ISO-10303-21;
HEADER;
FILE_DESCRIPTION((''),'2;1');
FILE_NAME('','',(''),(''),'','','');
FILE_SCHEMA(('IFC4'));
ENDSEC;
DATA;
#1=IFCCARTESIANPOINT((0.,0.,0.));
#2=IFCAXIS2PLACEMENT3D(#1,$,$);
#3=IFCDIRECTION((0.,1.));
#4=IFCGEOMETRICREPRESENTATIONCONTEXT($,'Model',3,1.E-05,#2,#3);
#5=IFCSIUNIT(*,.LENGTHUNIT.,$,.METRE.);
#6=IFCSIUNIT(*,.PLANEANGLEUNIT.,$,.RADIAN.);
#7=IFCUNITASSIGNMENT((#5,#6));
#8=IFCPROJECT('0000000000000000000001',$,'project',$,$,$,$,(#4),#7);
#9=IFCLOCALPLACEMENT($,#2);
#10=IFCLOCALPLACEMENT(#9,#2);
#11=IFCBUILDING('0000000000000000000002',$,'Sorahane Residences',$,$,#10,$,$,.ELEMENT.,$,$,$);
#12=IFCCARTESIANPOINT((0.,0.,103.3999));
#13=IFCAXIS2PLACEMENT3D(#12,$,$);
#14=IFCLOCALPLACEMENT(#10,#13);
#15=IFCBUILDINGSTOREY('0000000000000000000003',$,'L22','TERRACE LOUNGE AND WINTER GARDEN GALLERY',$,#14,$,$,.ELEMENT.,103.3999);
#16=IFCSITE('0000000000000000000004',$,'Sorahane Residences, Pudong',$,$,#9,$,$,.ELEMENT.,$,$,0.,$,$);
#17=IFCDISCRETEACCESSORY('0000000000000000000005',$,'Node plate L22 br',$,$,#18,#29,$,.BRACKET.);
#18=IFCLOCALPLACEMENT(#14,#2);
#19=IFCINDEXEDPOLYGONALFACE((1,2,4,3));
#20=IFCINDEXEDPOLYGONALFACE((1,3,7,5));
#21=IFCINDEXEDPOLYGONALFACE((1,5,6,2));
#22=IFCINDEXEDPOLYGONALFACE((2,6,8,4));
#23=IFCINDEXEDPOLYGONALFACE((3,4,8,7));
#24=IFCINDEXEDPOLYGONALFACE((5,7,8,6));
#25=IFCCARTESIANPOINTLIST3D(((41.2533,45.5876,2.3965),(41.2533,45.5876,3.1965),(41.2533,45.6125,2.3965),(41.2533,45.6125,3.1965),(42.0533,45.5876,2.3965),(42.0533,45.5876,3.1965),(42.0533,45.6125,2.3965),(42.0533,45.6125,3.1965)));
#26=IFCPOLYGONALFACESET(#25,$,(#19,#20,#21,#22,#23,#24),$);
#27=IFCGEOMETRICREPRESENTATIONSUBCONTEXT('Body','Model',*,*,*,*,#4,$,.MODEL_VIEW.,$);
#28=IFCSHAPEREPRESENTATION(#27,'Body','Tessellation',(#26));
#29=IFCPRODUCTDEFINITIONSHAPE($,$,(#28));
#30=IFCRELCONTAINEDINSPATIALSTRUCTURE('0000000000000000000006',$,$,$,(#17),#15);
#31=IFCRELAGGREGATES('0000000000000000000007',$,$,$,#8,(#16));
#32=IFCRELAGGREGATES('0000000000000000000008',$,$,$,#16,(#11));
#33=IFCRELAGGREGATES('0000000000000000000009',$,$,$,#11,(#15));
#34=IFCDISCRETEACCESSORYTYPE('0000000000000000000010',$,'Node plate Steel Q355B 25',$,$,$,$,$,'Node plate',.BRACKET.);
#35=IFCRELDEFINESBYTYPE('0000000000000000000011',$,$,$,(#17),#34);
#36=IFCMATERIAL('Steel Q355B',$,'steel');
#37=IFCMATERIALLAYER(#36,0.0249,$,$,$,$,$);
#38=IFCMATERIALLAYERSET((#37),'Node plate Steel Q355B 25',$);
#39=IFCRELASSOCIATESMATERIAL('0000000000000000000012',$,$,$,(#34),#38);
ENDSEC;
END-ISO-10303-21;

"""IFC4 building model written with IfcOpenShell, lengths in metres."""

from ifc_helpers import new_model, si_unit, direction, frame, origin, origin_2d, place, context, subcontext, project, spatial, rectangle, extrude, material, layer, layer_set, type_object, element, save


model = new_model("IFC4")

# Units and contexts
model_context = context("Model", 3, precision=1e-05, world=origin(), true_north=direction((0.0, 1.0)))
body_context = subcontext(model_context, "Body", "Model", "MODEL_VIEW")
ifc_project = project(units=[si_unit("LENGTHUNIT", "METRE"), si_unit("PLANEANGLEUNIT", "RADIAN")], contexts=[model_context])

# Site, building, storey
site_placement = place(None, origin())
site = spatial("IfcSite", under=ifc_project, at=site_placement, Name="Sorahane Residences, Pudong", CompositionType="ELEMENT", RefElevation=0.0)
building_placement = place(site_placement, origin())
building = spatial("IfcBuilding", under=site, at=building_placement, Name="Sorahane Residences", CompositionType="ELEMENT")
storey_placement = place(building_placement, frame((0.0, 0.0, 103.3999)))
storey = spatial("IfcBuildingStorey", under=building, at=storey_placement, Name="L22", Description="TERRACE LOUNGE AND WINTER GARDEN GALLERY", CompositionType="ELEMENT", Elevation=103.3999)

# Discrete accessory
ifc_material_1 = material(Name="Steel Q355B", Category="steel")
ifc_layer_1 = layer(ifc_material_1, 0.0249)
ifc_layer_set_1 = layer_set([ifc_layer_1], Name="Node plate Steel Q355B 25")
discrete_accessory_type = type_object("IfcDiscreteAccessoryType", Name="Node plate Steel Q355B 25", ElementType="Node plate", PredefinedType="BRACKET", material=ifc_layer_set_1)
for number, where, z_axis, x_axis, name in (
    (1, (41.6533, 45.6001, 2.3965), (0.0, 0.0, 1.0), (1.0, 0.0, 0.0), "Node plate L22 br"),
):
    element("IfcDiscreteAccessory", number, at=place(storey_placement, frame(where, z_axis=z_axis, x_axis=x_axis)), inside=storey, type_object=discrete_accessory_type, Name=name, PredefinedType="BRACKET", context=body_context, shape_type="SweptSolid", body=[
        extrude(rectangle(XDim=0.8, YDim=0.0249, at=origin_2d()), origin(), (0.0, 0.0, 1.0), 0.8),
    ])

save(model, "model.ifc")
